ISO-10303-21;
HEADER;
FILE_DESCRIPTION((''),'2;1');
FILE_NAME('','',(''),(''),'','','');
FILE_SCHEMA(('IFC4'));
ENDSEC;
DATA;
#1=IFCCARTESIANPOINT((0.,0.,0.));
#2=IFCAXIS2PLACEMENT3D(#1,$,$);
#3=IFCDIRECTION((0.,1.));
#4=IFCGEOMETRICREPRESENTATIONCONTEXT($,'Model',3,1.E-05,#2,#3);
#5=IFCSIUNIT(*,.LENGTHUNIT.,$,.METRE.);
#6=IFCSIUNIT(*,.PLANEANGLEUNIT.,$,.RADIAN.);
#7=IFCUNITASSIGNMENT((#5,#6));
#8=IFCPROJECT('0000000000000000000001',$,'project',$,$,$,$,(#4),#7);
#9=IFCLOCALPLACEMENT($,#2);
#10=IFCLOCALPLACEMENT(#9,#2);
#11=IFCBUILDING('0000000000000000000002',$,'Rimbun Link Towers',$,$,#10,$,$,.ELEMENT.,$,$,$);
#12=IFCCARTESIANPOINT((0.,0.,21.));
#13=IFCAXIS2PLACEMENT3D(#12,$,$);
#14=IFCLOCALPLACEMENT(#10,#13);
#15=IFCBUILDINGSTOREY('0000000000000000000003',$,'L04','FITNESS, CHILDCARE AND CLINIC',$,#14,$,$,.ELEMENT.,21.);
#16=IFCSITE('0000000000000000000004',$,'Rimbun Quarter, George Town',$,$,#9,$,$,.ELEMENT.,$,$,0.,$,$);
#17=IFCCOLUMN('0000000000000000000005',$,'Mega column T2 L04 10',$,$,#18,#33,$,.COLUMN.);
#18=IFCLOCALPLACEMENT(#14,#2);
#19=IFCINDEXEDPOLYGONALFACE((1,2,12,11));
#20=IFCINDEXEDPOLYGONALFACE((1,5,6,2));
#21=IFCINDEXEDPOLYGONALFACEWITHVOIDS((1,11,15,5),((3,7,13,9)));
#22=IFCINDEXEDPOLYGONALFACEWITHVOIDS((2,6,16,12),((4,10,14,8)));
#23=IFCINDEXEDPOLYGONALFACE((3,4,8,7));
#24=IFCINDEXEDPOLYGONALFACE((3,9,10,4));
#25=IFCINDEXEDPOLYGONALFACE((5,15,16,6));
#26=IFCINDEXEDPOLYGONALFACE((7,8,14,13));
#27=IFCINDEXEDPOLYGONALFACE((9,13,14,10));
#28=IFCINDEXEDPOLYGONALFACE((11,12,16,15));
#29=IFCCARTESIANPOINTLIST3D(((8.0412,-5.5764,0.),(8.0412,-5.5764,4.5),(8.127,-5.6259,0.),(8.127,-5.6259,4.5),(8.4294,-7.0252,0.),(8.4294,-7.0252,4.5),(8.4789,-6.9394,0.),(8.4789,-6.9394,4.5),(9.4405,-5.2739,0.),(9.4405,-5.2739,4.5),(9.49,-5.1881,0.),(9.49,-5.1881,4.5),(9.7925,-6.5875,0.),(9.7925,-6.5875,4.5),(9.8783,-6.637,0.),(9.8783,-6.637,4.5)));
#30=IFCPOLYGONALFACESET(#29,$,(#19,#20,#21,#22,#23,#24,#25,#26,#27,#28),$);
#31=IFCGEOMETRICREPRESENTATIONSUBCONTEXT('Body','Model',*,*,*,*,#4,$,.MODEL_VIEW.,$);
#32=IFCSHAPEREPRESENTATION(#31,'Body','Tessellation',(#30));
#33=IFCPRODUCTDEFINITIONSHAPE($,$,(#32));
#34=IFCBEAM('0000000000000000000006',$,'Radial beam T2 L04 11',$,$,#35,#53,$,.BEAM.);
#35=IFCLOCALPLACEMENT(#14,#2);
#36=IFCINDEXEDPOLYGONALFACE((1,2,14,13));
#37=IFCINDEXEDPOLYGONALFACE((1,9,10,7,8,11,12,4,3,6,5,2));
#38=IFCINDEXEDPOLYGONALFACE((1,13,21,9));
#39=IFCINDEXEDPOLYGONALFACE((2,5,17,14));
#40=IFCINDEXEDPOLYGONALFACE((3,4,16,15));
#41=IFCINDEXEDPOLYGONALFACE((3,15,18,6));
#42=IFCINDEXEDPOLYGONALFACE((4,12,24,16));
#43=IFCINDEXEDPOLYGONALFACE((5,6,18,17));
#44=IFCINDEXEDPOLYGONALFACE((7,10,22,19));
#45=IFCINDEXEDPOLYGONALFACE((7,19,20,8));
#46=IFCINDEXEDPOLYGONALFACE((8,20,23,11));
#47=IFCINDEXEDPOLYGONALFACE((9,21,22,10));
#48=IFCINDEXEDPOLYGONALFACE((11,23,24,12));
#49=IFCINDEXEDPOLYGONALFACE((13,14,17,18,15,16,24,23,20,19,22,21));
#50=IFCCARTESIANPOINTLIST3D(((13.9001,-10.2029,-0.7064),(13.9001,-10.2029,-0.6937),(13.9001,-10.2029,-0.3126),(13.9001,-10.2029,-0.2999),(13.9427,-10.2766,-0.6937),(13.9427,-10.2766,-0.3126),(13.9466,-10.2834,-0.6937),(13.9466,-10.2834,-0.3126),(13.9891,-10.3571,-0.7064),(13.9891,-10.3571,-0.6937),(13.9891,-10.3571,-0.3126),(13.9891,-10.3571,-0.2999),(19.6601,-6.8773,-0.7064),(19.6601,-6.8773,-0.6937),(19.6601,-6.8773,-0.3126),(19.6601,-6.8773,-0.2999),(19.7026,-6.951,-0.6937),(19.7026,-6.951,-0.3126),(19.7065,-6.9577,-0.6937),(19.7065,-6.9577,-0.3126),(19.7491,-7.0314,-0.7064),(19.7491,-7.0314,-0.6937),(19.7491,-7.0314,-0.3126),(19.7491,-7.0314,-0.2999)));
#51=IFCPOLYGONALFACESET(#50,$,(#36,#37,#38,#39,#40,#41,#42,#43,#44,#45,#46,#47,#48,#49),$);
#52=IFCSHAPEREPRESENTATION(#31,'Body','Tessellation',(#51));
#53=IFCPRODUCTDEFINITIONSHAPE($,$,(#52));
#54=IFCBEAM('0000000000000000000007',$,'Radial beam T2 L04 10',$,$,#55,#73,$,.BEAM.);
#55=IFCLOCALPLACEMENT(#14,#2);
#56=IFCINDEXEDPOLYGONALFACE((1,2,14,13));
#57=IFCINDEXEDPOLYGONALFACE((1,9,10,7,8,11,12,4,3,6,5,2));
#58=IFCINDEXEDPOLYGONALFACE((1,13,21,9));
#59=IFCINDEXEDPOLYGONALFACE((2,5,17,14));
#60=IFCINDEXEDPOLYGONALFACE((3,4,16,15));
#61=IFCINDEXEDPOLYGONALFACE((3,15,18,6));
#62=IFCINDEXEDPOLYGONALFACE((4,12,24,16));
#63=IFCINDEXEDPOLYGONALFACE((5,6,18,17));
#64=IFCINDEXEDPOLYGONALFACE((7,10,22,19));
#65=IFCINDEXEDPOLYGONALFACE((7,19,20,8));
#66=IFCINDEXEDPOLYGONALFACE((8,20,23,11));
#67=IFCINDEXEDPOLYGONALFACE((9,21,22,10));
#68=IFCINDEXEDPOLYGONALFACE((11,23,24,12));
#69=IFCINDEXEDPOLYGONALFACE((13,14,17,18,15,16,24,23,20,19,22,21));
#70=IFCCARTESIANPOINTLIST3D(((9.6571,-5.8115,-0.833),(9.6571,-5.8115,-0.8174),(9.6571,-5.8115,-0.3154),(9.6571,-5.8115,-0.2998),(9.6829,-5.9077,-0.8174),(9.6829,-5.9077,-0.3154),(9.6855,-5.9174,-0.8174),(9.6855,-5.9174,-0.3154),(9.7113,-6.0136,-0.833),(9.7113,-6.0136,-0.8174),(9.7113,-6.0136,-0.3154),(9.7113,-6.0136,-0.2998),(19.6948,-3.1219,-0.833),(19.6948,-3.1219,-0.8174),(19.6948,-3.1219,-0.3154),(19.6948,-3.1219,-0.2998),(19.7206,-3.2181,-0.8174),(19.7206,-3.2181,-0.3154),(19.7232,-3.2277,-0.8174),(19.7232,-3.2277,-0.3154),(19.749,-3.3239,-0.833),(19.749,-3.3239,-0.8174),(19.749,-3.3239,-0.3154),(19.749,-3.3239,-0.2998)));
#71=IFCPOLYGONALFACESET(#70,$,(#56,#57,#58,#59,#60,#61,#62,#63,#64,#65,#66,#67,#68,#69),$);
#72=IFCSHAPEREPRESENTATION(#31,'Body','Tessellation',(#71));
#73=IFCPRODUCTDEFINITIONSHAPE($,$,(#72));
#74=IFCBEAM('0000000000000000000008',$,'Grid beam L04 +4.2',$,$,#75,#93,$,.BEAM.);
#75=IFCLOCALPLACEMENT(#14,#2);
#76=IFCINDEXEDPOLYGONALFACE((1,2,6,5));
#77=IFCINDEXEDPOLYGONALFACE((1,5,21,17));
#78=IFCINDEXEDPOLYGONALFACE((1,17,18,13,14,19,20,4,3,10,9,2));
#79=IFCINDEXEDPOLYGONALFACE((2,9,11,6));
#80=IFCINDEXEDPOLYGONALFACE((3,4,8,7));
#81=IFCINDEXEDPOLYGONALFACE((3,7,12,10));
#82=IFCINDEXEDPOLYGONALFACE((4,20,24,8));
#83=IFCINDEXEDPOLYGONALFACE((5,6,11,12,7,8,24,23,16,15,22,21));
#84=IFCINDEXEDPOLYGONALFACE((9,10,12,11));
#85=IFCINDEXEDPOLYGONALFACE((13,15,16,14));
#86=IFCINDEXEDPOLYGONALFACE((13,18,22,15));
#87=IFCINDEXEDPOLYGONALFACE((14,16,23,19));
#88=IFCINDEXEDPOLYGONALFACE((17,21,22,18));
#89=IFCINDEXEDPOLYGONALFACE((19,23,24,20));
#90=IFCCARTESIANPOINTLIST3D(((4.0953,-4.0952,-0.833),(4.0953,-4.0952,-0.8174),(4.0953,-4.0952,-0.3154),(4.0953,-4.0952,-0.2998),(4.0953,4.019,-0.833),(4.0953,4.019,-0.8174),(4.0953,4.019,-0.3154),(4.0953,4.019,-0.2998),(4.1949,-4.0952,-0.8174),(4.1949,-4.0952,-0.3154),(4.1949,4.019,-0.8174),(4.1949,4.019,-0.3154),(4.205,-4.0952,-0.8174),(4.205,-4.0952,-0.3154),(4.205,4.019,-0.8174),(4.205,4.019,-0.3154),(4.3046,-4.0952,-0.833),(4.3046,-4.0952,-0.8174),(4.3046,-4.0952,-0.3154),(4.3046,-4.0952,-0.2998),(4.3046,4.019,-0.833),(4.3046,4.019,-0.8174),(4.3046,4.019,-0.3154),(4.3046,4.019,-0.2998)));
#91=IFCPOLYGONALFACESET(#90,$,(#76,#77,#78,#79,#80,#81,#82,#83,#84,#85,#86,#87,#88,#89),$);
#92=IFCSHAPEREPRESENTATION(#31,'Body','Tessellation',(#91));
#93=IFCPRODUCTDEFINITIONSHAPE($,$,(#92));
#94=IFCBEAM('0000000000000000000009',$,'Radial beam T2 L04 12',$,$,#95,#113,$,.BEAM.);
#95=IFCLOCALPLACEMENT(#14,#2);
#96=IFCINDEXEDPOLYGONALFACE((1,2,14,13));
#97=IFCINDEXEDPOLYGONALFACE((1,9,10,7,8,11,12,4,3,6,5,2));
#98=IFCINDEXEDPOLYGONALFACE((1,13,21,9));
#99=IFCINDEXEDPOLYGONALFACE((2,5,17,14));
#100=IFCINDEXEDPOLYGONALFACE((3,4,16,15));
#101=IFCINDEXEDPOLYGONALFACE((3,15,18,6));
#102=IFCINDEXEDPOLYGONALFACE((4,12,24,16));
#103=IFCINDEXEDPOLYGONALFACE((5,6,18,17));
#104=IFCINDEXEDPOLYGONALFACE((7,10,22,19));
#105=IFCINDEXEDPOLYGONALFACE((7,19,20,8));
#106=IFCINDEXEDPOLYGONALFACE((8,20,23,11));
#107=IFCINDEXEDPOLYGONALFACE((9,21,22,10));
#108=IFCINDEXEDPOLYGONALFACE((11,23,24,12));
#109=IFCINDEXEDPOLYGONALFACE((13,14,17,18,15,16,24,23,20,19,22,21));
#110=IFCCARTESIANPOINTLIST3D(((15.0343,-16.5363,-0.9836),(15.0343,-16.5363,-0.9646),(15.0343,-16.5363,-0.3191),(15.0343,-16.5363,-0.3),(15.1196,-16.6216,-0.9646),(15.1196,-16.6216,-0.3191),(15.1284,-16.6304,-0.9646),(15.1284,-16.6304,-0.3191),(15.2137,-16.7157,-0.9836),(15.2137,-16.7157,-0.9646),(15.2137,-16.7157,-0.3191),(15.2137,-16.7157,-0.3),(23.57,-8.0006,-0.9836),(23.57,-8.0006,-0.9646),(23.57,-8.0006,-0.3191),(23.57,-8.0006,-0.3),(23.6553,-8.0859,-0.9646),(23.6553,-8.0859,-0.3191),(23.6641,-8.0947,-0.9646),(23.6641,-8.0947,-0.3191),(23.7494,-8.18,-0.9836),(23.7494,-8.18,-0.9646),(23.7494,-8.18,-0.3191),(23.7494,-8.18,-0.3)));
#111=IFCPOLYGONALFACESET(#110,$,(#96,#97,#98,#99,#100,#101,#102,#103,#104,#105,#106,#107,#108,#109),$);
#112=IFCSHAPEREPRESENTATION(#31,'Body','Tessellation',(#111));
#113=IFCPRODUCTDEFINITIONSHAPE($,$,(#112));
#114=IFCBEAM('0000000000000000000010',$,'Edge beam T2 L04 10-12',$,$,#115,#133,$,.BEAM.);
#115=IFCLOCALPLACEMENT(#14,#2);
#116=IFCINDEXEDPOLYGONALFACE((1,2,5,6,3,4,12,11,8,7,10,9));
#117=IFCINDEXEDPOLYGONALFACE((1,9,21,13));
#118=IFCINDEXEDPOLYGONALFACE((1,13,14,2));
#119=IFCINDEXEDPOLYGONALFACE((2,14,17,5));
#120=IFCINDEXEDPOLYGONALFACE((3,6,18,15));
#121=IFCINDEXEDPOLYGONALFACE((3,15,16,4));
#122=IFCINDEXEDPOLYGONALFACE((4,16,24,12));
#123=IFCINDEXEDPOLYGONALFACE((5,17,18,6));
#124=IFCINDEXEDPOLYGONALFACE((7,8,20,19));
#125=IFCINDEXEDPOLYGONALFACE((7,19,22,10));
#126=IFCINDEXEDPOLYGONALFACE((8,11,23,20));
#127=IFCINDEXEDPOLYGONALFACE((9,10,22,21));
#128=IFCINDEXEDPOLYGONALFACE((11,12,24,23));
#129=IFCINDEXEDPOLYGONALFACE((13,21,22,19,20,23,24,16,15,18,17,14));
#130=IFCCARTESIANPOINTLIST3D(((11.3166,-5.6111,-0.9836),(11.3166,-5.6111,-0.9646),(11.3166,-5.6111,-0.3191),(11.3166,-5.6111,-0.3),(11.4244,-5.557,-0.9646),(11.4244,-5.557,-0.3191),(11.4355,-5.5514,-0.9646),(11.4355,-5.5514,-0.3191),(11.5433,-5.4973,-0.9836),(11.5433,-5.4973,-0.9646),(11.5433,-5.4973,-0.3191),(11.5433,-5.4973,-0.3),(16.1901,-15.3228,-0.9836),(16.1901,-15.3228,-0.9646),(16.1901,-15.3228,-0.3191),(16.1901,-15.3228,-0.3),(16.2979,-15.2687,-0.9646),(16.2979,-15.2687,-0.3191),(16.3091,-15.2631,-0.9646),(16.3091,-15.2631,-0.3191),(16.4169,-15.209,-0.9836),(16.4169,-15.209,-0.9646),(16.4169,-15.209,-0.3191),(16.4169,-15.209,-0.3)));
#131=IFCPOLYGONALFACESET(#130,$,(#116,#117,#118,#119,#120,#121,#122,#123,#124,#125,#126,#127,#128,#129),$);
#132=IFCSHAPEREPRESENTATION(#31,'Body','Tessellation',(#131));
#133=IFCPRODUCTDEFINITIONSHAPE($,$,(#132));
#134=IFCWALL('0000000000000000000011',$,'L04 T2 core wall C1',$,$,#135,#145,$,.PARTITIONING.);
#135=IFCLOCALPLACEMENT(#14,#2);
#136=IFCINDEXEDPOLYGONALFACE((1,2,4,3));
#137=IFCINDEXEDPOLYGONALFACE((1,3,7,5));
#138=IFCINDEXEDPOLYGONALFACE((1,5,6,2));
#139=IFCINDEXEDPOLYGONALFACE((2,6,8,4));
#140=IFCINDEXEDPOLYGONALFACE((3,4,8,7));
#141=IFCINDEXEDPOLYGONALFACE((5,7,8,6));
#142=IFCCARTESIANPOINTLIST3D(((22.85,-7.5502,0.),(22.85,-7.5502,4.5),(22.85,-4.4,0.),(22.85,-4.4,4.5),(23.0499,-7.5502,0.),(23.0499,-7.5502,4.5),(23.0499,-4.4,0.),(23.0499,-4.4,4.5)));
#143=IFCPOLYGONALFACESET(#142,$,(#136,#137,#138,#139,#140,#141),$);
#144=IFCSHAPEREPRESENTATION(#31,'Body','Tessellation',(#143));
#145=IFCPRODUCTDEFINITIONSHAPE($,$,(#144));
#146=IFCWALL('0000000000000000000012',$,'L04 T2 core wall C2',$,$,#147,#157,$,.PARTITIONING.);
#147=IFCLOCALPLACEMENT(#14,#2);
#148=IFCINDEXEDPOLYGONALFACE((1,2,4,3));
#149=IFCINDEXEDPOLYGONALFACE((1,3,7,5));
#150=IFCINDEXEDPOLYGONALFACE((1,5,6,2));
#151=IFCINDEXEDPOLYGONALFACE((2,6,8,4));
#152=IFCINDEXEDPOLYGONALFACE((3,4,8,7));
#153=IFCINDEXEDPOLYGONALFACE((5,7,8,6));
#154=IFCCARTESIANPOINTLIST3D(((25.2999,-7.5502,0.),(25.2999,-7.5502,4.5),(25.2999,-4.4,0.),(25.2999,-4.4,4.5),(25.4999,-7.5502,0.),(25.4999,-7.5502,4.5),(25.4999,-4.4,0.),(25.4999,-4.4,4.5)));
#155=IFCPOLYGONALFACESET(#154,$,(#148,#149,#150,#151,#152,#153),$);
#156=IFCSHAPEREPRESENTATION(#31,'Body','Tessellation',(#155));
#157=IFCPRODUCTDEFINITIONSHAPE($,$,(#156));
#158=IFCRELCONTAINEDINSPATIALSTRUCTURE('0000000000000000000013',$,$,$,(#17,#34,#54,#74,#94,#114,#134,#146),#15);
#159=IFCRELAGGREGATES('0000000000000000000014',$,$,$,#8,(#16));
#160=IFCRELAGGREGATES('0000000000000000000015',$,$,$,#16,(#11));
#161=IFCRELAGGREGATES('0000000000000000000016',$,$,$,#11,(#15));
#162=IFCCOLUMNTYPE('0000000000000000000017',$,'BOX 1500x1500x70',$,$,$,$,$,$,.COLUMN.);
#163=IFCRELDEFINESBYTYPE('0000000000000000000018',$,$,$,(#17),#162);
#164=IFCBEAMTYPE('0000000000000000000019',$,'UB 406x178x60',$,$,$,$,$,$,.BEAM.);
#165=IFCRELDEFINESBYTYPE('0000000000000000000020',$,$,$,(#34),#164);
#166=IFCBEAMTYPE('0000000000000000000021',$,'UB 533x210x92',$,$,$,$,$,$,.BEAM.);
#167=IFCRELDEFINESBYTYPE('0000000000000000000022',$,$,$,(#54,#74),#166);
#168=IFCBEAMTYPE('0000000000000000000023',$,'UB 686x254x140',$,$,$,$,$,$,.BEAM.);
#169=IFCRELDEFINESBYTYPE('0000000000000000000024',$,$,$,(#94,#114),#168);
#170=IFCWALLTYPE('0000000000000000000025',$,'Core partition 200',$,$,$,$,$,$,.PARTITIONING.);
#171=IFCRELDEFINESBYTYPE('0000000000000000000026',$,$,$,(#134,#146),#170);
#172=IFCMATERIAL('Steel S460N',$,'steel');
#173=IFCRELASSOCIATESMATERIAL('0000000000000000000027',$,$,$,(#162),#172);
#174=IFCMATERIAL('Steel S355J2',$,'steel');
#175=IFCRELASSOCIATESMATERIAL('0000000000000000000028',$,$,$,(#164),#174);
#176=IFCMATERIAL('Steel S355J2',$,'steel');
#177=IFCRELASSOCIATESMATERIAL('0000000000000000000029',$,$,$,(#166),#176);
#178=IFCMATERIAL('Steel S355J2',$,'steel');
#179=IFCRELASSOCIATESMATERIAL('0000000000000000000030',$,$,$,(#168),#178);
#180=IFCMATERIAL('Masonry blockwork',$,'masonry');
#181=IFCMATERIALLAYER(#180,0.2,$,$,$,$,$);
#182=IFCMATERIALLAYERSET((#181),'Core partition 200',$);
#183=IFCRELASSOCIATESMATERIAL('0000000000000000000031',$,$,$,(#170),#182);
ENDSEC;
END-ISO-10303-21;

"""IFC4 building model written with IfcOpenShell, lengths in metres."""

from ifc_helpers import new_model, si_unit, direction, frame, frame_2d, origin, origin_2d, place, context, subcontext, project, spatial, rectangle, hollow_rectangle, i_section, extrude, material, layer, layer_set, material_profile, profile_set, type_object, element, save


model = new_model("IFC4")

# Units and contexts
model_context = context("Model", 3, precision=1e-05, world=origin(), true_north=direction((0.0, 1.0)))
body_context = subcontext(model_context, "Body", "Model", "MODEL_VIEW")
ifc_project = project(units=[si_unit("LENGTHUNIT", "METRE"), si_unit("PLANEANGLEUNIT", "RADIAN")], contexts=[model_context])

# Site, building, storey
site_placement = place(None, origin())
site = spatial("IfcSite", under=ifc_project, at=site_placement, Name="Rimbun Quarter, George Town", CompositionType="ELEMENT", RefElevation=0.0)
building_placement = place(site_placement, origin())
building = spatial("IfcBuilding", under=site, at=building_placement, Name="Rimbun Link Towers", CompositionType="ELEMENT")
storey_placement = place(building_placement, frame((0.0, 0.0, 21.0)))
storey = spatial("IfcBuildingStorey", under=building, at=storey_placement, Name="L04", Description="FITNESS, CHILDCARE AND CLINIC", CompositionType="ELEMENT", Elevation=21.0)

# Column
ifc_material_1 = material(Name="Steel S460N", Category="steel")
ifc_material_profile_1 = material_profile(ifc_material_1, hollow_rectangle(XDim=1.5, YDim=1.5, WallThickness=0.0701, at=origin_2d()), Name="BOX 1500x1500x70")
ifc_profile_set_1 = profile_set([ifc_material_profile_1], Name="Steel S460N")
column_type = type_object("IfcColumnType", Name="BOX 1500x1500x70", PredefinedType="COLUMN", material=ifc_profile_set_1)
column_placement = place(storey_placement, frame((8.9597, -6.1067, 0.0), z_axis=(0.0, 0.0, 1.0), x_axis=(-0.965926, -0.258819, 0.0)))
element("IfcColumn", 1, at=column_placement, inside=storey, type_object=column_type, Name="Mega column T2 L04 10", PredefinedType="COLUMN", context=body_context, shape_type="SweptSolid", body=[
    extrude(hollow_rectangle(XDim=1.5, YDim=1.5, WallThickness=0.0701, at=origin_2d()), origin(), (0.0, 0.0, 1.0), 4.5),
])

# Beams
ifc_material_2 = material(Name="Steel S355J2", Category="steel")
ifc_material_profile_2 = material_profile(ifc_material_2, i_section(OverallWidth=0.178, OverallDepth=0.4065, WebThickness=0.0078, FlangeThickness=0.0127, at=origin_2d()), Name="UB 406x178x60")
ifc_profile_set_2 = profile_set([ifc_material_profile_2], Name="Steel S355J2")
beam_type_1 = type_object("IfcBeamType", Name="UB 406x178x60", PredefinedType="BEAM", material=ifc_profile_set_2)
beam_1_placement = place(storey_placement, frame((19.7046, -6.9543, -0.5032), z_axis=(-0.866016, -0.500016, 0.0), x_axis=(0.500016, -0.866016, 0.0)))
element("IfcBeam", 2, at=beam_1_placement, inside=storey, type_object=beam_type_1, Name="Radial beam T2 L04 11", PredefinedType="BEAM", context=body_context, shape_type="SweptSolid", body=[
    extrude(i_section(OverallWidth=0.178, OverallDepth=0.4065, WebThickness=0.0078, FlangeThickness=0.0127, at=origin_2d()), origin(), (0.0, 0.0, 1.0), 6.6511),
])
ifc_material_3 = material(Name="Steel S355J2", Category="steel")
ifc_material_profile_3 = material_profile(ifc_material_3, i_section(OverallWidth=0.2092, OverallDepth=0.5332, WebThickness=0.01, FlangeThickness=0.0156, at=origin_2d()), Name="UB 533x210x92")
ifc_profile_set_3 = profile_set([ifc_material_profile_3], Name="Steel S355J2")
beam_type_2 = type_object("IfcBeamType", Name="UB 533x210x92", PredefinedType="BEAM", material=ifc_profile_set_3)
beam_2_placement = place(storey_placement, frame((19.7219, -3.2229, -0.5664), z_axis=(-0.965924, -0.258825, 0.0), x_axis=(0.258825, -0.965924, 0.0)))
element("IfcBeam", 3, at=beam_2_placement, inside=storey, type_object=beam_type_2, Name="Radial beam T2 L04 10", PredefinedType="BEAM", context=body_context, shape_type="SweptSolid", body=[
    extrude(i_section(OverallWidth=0.2092, OverallDepth=0.5332, WebThickness=0.01, FlangeThickness=0.0156, at=origin_2d()), origin(), (0.0, 0.0, 1.0), 10.3918),
])
beam_3_placement = place(storey_placement, frame((4.2, -4.0952, -0.5664), z_axis=(0.0, 1.0, 0.0), x_axis=(-1.0, 0.0, 0.0)))
element("IfcBeam", 4, at=beam_3_placement, inside=storey, type_object=beam_type_2, Name="Grid beam L04 +4.2", PredefinedType="BEAM", context=body_context, shape_type="SweptSolid", body=[
    extrude(i_section(OverallWidth=0.2092, OverallDepth=0.5332, WebThickness=0.01, FlangeThickness=0.0156, at=origin_2d()), origin(), (0.0, 0.0, 1.0), 8.1143),
])
ifc_material_4 = material(Name="Steel S355J2", Category="steel")
ifc_material_profile_4 = material_profile(ifc_material_4, i_section(OverallWidth=0.2537, OverallDepth=0.6836, WebThickness=0.0125, FlangeThickness=0.019, at=origin_2d()), Name="UB 686x254x140")
ifc_profile_set_4 = profile_set([ifc_material_profile_4], Name="Steel S355J2")
beam_type_3 = type_object("IfcBeamType", Name="UB 686x254x140", PredefinedType="BEAM", material=ifc_profile_set_4)
beam_4_placement = place(storey_placement, frame((23.6597, -8.0903, -0.6418), z_axis=(-0.707107, -0.707107, 0.0), x_axis=(0.707107, -0.707107, 0.0)))
element("IfcBeam", 5, at=beam_4_placement, inside=storey, type_object=beam_type_3, Name="Radial beam T2 L04 12", PredefinedType="BEAM", context=body_context, shape_type="SweptSolid", body=[
    extrude(i_section(OverallWidth=0.2537, OverallDepth=0.6836, WebThickness=0.0125, FlangeThickness=0.019, at=origin_2d()), origin(), (0.0, 0.0, 1.0), 12.0713),
])
beam_5_placement = place(storey_placement, frame((11.4299, -5.5542, -0.6418), z_axis=(0.448516, -0.893775, 0.0), x_axis=(0.893775, 0.448516, 0.0)))
element("IfcBeam", 6, at=beam_5_placement, inside=storey, type_object=beam_type_3, Name="Edge beam T2 L04 10-12", PredefinedType="BEAM", context=body_context, shape_type="SweptSolid", body=[
    extrude(i_section(OverallWidth=0.2537, OverallDepth=0.6836, WebThickness=0.0125, FlangeThickness=0.019, at=origin_2d()), origin(), (0.0, 0.0, 1.0), 10.866),
])

# Walls
ifc_material_5 = material(Name="Masonry blockwork", Category="masonry")
ifc_layer_1 = layer(ifc_material_5, 0.2)
ifc_layer_set_1 = layer_set([ifc_layer_1], Name="Core partition 200")
wall_type_1 = type_object("IfcWallType", Name="Core partition 200", PredefinedType="PARTITIONING", material=ifc_layer_set_1)
for number, where, z_axis, x_axis, name in (
    (7, (22.95, -4.3999, 0.0), (0.0, 0.0, 1.0), (0.0, -1.0, 0.0), "L04 T2 core wall C1"),
    (8, (25.3999, -4.3999, 0.0), (0.0, 0.0, 1.0), (0.0, -1.0, 0.0), "L04 T2 core wall C2"),
):
    element("IfcWall", number, at=place(storey_placement, frame(where, z_axis=z_axis, x_axis=x_axis)), inside=storey, type_object=wall_type_1, Name=name, PredefinedType="PARTITIONING", context=body_context, shape_type="SweptSolid", body=[
        extrude(rectangle(XDim=3.1501, YDim=0.2, at=frame_2d((1.5752, 0.0))), origin(), (0.0, 0.0, 1.0), 4.5),
    ])

save(model, "model.ifc")
